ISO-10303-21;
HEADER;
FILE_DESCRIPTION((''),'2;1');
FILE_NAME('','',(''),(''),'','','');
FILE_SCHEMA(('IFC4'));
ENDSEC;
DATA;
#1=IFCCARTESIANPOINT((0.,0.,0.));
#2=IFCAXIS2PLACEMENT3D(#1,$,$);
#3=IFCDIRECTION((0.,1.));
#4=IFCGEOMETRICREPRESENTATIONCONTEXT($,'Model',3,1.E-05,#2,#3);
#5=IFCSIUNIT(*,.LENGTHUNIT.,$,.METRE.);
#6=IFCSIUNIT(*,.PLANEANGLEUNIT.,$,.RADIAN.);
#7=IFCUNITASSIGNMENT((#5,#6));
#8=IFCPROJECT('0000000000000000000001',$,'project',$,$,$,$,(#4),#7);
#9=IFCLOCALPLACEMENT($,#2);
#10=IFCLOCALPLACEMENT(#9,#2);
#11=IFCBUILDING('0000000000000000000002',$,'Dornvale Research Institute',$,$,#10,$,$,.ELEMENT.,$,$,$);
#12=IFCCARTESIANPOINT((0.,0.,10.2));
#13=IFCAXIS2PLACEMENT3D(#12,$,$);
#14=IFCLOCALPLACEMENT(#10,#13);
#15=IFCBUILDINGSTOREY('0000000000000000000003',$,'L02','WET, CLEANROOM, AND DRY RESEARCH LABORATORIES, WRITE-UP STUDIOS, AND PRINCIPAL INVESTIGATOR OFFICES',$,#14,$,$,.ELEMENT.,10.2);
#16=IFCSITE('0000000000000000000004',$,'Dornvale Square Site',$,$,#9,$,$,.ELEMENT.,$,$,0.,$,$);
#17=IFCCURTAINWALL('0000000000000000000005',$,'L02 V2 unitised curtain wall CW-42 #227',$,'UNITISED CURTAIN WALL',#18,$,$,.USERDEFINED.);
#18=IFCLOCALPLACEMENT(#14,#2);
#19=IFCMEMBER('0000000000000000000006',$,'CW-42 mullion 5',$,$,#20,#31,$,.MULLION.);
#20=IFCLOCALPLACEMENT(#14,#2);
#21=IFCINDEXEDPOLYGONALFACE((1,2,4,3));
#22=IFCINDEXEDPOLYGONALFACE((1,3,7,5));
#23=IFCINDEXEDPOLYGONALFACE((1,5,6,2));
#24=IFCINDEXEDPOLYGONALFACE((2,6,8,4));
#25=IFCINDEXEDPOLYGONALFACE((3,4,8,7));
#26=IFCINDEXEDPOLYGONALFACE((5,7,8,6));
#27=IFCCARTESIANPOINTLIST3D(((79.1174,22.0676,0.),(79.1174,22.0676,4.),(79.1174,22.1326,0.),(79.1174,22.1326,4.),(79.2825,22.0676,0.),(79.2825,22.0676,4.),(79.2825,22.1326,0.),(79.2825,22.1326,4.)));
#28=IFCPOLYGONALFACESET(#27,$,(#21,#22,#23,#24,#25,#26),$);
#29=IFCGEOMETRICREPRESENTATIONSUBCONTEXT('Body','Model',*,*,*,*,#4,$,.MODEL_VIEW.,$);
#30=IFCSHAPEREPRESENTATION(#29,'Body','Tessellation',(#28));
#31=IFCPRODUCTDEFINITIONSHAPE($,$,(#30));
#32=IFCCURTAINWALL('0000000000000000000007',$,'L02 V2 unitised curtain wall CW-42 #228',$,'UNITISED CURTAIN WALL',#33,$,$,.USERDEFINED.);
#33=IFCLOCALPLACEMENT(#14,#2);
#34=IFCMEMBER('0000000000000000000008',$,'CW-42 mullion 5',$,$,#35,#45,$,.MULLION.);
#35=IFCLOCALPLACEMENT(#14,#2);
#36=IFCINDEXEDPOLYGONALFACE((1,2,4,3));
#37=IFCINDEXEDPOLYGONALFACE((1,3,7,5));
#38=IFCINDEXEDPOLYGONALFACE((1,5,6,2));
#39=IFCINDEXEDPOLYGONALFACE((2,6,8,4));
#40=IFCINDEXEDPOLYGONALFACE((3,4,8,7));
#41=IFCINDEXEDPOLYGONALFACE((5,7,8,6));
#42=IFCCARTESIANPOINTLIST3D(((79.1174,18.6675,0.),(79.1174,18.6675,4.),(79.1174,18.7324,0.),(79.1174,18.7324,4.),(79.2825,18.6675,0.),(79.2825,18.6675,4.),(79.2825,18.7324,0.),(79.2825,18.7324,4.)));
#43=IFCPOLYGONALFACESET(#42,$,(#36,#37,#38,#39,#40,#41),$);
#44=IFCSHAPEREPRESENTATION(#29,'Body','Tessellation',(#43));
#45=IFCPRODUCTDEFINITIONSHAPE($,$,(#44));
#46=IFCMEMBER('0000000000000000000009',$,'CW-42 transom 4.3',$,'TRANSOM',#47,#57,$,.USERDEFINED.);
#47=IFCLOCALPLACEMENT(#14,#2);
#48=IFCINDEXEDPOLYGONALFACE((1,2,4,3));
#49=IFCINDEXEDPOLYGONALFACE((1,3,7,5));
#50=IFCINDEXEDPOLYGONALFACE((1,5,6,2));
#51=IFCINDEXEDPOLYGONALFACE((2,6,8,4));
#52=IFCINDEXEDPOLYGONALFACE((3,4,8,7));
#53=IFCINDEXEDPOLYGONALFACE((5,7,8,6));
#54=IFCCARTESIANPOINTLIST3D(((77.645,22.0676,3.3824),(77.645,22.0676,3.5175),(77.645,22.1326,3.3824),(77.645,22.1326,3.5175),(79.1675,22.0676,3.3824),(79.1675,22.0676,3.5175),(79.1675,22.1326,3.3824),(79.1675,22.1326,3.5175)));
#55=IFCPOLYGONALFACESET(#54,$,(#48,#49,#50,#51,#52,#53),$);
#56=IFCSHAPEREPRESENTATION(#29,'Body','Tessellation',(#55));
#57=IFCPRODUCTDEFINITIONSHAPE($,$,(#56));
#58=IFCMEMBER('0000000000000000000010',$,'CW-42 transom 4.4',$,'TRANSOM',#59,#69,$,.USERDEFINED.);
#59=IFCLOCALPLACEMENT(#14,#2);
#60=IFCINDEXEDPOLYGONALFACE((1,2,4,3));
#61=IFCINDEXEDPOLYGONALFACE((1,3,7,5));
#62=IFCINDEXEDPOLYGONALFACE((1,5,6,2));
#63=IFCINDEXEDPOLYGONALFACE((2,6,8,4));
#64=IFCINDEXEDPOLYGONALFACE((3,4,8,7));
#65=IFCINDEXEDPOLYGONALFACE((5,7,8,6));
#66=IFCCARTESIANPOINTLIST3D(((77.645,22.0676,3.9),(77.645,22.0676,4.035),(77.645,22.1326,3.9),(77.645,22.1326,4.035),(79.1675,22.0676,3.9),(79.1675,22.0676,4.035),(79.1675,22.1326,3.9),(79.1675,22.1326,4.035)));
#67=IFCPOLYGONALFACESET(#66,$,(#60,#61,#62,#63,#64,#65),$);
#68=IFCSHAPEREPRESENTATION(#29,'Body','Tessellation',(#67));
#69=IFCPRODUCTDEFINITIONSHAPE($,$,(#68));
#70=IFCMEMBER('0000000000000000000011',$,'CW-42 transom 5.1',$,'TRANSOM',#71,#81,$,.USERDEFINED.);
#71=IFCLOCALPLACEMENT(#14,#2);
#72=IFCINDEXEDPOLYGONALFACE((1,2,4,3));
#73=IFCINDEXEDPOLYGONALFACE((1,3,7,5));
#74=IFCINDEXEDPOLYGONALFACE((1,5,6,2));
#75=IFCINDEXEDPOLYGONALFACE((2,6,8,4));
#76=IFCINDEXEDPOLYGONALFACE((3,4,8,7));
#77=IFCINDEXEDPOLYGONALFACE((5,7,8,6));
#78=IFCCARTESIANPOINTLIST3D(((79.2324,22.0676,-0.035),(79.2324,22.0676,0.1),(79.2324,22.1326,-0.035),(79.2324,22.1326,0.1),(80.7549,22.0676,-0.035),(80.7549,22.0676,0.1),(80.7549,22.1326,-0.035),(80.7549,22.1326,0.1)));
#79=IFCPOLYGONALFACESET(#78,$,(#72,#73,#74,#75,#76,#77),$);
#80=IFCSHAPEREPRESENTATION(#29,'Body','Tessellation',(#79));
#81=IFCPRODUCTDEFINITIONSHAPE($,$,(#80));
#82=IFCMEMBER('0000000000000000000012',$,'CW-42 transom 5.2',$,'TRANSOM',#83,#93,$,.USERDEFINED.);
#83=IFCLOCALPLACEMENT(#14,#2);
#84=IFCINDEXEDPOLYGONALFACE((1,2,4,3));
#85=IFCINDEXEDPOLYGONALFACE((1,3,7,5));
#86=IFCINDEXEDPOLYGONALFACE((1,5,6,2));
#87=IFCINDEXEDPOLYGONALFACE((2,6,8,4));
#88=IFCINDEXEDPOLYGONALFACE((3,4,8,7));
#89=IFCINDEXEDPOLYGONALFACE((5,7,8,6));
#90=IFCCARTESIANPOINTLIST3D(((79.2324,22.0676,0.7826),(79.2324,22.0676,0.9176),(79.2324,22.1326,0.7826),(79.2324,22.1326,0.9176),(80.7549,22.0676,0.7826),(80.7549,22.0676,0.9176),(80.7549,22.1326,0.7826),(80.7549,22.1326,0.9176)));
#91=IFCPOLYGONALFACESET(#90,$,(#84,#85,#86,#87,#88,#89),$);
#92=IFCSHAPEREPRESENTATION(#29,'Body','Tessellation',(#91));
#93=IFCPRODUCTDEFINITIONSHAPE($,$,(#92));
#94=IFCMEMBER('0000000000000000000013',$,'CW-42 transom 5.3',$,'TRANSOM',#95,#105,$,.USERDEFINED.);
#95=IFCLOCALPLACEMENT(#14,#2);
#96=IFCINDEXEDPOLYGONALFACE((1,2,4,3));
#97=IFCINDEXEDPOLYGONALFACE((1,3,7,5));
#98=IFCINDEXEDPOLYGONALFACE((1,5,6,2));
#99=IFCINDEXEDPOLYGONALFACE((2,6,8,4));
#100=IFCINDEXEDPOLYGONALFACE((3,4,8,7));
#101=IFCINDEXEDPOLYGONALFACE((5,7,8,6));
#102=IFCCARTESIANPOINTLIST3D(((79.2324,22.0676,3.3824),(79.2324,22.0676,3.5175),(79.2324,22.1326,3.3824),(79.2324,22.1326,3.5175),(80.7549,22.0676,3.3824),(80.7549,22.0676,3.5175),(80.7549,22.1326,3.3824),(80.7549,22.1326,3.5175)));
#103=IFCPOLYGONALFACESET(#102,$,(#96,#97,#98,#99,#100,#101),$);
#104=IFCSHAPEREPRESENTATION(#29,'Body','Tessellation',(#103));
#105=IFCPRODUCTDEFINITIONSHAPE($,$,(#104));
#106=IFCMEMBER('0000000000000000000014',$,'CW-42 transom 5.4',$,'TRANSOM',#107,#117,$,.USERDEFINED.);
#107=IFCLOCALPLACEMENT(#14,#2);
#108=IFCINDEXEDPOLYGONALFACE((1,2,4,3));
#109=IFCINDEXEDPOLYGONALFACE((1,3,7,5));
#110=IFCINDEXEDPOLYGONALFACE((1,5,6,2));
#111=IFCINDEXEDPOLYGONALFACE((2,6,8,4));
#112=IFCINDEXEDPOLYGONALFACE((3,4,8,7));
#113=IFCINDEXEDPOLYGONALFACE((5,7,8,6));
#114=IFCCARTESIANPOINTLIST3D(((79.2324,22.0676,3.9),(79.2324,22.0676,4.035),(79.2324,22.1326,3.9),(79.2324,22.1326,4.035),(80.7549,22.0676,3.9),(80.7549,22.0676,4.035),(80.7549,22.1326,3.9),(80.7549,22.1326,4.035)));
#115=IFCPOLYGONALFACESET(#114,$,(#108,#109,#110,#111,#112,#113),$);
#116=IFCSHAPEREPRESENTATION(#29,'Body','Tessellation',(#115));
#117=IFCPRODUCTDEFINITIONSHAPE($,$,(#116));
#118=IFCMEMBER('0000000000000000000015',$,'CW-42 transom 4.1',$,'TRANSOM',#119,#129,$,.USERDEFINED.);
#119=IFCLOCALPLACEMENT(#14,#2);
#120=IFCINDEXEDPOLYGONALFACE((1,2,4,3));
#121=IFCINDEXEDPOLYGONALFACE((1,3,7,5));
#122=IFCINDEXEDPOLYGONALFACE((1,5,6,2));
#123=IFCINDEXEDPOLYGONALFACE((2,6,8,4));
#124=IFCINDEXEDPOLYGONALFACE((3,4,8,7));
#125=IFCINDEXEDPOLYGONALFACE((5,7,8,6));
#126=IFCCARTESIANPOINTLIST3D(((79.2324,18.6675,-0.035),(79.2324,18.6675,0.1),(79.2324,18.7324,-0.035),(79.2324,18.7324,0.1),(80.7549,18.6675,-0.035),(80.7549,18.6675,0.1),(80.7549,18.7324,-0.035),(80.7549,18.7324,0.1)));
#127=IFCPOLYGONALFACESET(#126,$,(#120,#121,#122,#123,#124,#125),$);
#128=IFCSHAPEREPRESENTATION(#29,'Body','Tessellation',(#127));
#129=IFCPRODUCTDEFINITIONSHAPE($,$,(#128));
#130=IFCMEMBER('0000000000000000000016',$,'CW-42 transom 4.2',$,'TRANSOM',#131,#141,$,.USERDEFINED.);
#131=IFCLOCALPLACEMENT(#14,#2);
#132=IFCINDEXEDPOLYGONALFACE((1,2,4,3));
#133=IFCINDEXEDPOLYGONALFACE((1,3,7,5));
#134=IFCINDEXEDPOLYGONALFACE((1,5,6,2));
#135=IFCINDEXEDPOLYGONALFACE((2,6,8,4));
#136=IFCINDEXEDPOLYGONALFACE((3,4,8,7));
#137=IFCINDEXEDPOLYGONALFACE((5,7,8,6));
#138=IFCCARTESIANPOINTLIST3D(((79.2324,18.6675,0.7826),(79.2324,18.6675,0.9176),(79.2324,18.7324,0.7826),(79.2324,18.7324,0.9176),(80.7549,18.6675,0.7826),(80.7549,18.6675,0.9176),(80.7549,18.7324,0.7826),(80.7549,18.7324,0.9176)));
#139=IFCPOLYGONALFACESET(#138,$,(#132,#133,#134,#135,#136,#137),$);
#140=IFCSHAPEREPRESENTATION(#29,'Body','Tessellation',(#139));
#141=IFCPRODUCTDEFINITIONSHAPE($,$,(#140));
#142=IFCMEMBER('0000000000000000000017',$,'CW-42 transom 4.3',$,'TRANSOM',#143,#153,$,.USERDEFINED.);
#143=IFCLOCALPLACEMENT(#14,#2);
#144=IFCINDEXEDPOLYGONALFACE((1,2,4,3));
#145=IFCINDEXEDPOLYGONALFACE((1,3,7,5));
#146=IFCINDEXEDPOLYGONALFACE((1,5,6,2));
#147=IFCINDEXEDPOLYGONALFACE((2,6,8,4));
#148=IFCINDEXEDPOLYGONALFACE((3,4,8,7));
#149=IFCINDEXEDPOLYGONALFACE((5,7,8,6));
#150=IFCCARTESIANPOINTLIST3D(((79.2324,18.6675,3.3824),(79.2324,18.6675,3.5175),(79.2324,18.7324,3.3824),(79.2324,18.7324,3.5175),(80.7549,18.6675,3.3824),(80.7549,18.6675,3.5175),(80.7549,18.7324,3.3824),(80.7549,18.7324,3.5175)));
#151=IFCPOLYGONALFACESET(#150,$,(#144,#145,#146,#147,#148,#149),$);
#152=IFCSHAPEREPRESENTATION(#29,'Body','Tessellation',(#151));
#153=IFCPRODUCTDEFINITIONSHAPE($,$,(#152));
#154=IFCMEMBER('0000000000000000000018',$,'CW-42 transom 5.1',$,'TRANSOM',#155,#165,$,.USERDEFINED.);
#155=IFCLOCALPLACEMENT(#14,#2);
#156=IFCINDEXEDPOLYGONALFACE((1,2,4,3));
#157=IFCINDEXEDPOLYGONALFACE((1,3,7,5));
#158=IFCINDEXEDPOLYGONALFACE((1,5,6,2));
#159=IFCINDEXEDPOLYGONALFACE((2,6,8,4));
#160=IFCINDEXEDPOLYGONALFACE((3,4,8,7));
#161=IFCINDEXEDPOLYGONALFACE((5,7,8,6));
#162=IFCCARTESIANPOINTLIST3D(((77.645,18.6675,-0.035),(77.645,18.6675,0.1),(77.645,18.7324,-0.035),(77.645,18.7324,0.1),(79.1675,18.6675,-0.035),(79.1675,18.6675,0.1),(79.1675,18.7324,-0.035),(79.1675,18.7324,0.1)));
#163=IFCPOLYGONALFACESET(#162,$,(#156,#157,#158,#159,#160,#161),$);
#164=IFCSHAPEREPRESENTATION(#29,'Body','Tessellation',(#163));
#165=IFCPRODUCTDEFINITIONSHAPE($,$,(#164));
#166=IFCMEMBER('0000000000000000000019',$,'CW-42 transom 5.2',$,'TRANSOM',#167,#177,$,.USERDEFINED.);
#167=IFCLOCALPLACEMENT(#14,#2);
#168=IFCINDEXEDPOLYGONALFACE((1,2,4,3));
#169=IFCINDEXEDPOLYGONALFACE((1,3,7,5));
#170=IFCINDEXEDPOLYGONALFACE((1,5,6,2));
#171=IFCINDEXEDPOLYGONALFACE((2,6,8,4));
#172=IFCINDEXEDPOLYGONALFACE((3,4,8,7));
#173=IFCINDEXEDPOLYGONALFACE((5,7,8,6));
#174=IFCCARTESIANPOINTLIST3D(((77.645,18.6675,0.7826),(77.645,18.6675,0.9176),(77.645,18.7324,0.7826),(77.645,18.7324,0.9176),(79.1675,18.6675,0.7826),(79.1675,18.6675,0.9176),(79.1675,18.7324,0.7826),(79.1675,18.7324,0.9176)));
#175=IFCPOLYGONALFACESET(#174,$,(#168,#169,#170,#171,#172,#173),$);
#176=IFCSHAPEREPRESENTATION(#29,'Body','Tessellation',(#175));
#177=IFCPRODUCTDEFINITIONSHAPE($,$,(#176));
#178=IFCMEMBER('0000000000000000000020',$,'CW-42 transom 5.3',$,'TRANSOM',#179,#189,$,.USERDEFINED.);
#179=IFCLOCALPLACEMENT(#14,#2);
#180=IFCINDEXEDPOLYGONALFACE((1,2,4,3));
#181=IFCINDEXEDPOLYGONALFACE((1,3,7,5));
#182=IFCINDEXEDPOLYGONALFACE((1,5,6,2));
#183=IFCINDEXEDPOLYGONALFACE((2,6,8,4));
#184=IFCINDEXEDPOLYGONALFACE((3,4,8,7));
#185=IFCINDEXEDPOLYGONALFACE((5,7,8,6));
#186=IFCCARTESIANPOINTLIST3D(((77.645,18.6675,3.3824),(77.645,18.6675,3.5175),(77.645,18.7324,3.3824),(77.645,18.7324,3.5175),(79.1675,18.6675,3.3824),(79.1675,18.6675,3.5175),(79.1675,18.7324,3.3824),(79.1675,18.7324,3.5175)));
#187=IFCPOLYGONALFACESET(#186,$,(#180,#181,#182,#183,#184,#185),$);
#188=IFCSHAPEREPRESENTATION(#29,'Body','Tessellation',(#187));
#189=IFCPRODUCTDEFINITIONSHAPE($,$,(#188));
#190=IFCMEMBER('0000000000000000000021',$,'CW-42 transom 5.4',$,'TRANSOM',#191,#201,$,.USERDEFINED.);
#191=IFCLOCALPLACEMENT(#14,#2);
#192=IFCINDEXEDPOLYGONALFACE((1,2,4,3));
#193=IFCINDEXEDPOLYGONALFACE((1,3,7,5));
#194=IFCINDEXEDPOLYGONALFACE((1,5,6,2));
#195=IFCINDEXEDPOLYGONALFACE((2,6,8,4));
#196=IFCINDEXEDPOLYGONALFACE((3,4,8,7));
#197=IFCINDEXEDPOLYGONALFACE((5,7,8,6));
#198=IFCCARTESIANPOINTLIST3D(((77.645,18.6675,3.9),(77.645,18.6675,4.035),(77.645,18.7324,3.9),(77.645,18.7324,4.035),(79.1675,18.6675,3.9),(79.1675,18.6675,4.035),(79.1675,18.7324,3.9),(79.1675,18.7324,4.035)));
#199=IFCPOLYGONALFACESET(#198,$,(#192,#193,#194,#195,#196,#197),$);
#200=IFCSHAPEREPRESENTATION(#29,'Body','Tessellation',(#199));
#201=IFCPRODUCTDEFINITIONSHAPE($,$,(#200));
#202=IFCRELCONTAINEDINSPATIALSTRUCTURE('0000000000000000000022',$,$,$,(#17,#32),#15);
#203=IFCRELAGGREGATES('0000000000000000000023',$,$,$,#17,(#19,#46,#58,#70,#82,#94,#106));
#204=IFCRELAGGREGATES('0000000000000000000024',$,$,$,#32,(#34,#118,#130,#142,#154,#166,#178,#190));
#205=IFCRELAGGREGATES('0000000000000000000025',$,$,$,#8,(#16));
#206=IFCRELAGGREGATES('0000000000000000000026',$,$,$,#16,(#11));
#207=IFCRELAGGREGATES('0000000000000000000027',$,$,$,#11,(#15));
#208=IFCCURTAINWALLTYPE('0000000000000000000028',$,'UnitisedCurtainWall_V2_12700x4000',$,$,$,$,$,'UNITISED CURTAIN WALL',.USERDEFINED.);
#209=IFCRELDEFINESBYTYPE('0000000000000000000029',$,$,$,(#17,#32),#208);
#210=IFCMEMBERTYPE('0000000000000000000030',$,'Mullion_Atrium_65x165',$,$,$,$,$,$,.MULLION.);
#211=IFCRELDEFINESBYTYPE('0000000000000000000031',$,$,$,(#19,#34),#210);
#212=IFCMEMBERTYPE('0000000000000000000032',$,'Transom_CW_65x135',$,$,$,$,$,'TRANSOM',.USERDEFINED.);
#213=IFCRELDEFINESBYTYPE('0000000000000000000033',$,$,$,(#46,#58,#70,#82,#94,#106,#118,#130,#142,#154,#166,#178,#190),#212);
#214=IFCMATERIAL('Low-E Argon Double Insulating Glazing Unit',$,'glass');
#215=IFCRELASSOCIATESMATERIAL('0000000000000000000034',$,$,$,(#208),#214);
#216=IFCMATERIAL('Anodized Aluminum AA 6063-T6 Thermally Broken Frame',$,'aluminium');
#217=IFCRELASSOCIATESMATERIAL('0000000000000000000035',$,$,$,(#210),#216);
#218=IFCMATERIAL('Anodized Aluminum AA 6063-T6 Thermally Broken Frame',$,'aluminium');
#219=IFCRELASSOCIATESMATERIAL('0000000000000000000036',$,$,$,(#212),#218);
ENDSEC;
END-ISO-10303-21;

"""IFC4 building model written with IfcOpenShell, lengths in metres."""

from ifc_helpers import new_model, si_unit, direction, frame, origin, origin_2d, place, context, subcontext, project, spatial, rectangle, extrude, material, material_profile, profile_set, type_object, element, aggregate, save


model = new_model("IFC4")

# Units and contexts
model_context = context("Model", 3, precision=1e-05, world=origin(), true_north=direction((0.0, 1.0)))
body_context = subcontext(model_context, "Body", "Model", "MODEL_VIEW")
ifc_project = project(units=[si_unit("LENGTHUNIT", "METRE"), si_unit("PLANEANGLEUNIT", "RADIAN")], contexts=[model_context])

# Site, building, storey
site_placement = place(None, origin())
site = spatial("IfcSite", under=ifc_project, at=site_placement, Name="Dornvale Square Site", CompositionType="ELEMENT", RefElevation=0.0)
building_placement = place(site_placement, origin())
building = spatial("IfcBuilding", under=site, at=building_placement, Name="Dornvale Research Institute", CompositionType="ELEMENT")
storey_placement = place(building_placement, frame((0.0, 0.0, 10.2)))
storey = spatial("IfcBuildingStorey", under=building, at=storey_placement, Name="L02", Description="WET, CLEANROOM, AND DRY RESEARCH LABORATORIES, WRITE-UP STUDIOS, AND PRINCIPAL INVESTIGATOR OFFICES", CompositionType="ELEMENT", Elevation=10.2)

# Curtain walls, members
ifc_material_1 = material(Name="Low-E Argon Double Insulating Glazing Unit", Category="glass")
curtain_wall_type = type_object("IfcCurtainWallType", Name="UnitisedCurtainWall_V2_12700x4000", ElementType="UNITISED CURTAIN WALL", PredefinedType="USERDEFINED", material=ifc_material_1)
curtain_wall_1_placement = place(storey_placement, origin())
curtain_wall_1 = element("IfcCurtainWall", 1, at=curtain_wall_1_placement, inside=storey, type_object=curtain_wall_type, Name="L02 V2 unitised curtain wall CW-42 #227", ObjectType="UNITISED CURTAIN WALL", PredefinedType="USERDEFINED")
ifc_material_2 = material(Name="Anodized Aluminum AA 6063-T6 Thermally Broken Frame", Category="aluminium")
ifc_material_profile_1 = material_profile(ifc_material_2, rectangle(XDim=0.0649, YDim=0.165, at=origin_2d()), Name="ALU MULLION 65x165")
ifc_profile_set_1 = profile_set([ifc_material_profile_1], Name="Anodized Aluminum AA 6063-T6 Thermally Broken Frame")
member_type_1 = type_object("IfcMemberType", Name="Mullion_Atrium_65x165", PredefinedType="MULLION", material=ifc_profile_set_1)
member_1_placement = place(storey_placement, frame((79.2, 22.1001, 0.0), z_axis=(0.0, 0.0, 1.0), x_axis=(0.0, 1.0, 0.0)))
member_1 = element("IfcMember", 2, at=member_1_placement, type_object=member_type_1, Name="CW-42 mullion 5", PredefinedType="MULLION", context=body_context, shape_type="SweptSolid", body=[
    extrude(rectangle(XDim=0.0649, YDim=0.165, at=origin_2d()), origin(), (0.0, 0.0, 1.0), 4.0),
])
curtain_wall_2_placement = place(storey_placement, origin())
curtain_wall_2 = element("IfcCurtainWall", 3, at=curtain_wall_2_placement, inside=storey, type_object=curtain_wall_type, Name="L02 V2 unitised curtain wall CW-42 #228", ObjectType="UNITISED CURTAIN WALL", PredefinedType="USERDEFINED")
member_2_placement = place(storey_placement, frame((79.2, 18.7, 0.0), z_axis=(0.0, 0.0, 1.0), x_axis=(0.0, -1.0, 0.0)))
member_2 = element("IfcMember", 4, at=member_2_placement, type_object=member_type_1, Name="CW-42 mullion 5", PredefinedType="MULLION", context=body_context, shape_type="SweptSolid", body=[
    extrude(rectangle(XDim=0.0649, YDim=0.165, at=origin_2d()), origin(), (0.0, 0.0, 1.0), 4.0),
])

# Members
ifc_material_3 = material(Name="Anodized Aluminum AA 6063-T6 Thermally Broken Frame", Category="aluminium")
ifc_material_profile_2 = material_profile(ifc_material_3, rectangle(XDim=0.0649, YDim=0.135, at=origin_2d()), Name="ALU TRANSOM 65x135")
ifc_profile_set_2 = profile_set([ifc_material_profile_2], Name="Anodized Aluminum AA 6063-T6 Thermally Broken Frame")
member_type_2 = type_object("IfcMemberType", Name="Transom_CW_65x135", ElementType="TRANSOM", PredefinedType="USERDEFINED", material=ifc_profile_set_2)
member_3_placement = place(storey_placement, frame((77.645, 22.1001, 3.45), z_axis=(1.0, 0.0, 0.0), x_axis=(0.0, 1.0, 0.0)))
member_3 = element("IfcMember", 5, at=member_3_placement, type_object=member_type_2, Name="CW-42 transom 4.3", ObjectType="TRANSOM", PredefinedType="USERDEFINED", context=body_context, shape_type="SweptSolid", body=[
    extrude(rectangle(XDim=0.0649, YDim=0.135, at=origin_2d()), origin(), (0.0, 0.0, 1.0), 1.5225),
])
member_4_placement = place(storey_placement, frame((77.645, 22.1001, 3.9675), z_axis=(1.0, 0.0, 0.0), x_axis=(0.0, 1.0, 0.0)))
member_4 = element("IfcMember", 6, at=member_4_placement, type_object=member_type_2, Name="CW-42 transom 4.4", ObjectType="TRANSOM", PredefinedType="USERDEFINED", context=body_context, shape_type="SweptSolid", body=[
    extrude(rectangle(XDim=0.0649, YDim=0.135, at=origin_2d()), origin(), (0.0, 0.0, 1.0), 1.5225),
])
member_5_placement = place(storey_placement, frame((79.2324, 22.1001, 0.0325), z_axis=(1.0, 0.0, 0.0), x_axis=(0.0, 1.0, 0.0)))
member_5 = element("IfcMember", 7, at=member_5_placement, type_object=member_type_2, Name="CW-42 transom 5.1", ObjectType="TRANSOM", PredefinedType="USERDEFINED", context=body_context, shape_type="SweptSolid", body=[
    extrude(rectangle(XDim=0.0649, YDim=0.135, at=origin_2d()), origin(), (0.0, 0.0, 1.0), 1.5225),
])
member_6_placement = place(storey_placement, frame((79.2324, 22.1001, 0.8501), z_axis=(1.0, 0.0, 0.0), x_axis=(0.0, 1.0, 0.0)))
member_6 = element("IfcMember", 8, at=member_6_placement, type_object=member_type_2, Name="CW-42 transom 5.2", ObjectType="TRANSOM", PredefinedType="USERDEFINED", context=body_context, shape_type="SweptSolid", body=[
    extrude(rectangle(XDim=0.0649, YDim=0.135, at=origin_2d()), origin(), (0.0, 0.0, 1.0), 1.5225),
])
member_7_placement = place(storey_placement, frame((79.2324, 22.1001, 3.45), z_axis=(1.0, 0.0, 0.0), x_axis=(0.0, 1.0, 0.0)))
member_7 = element("IfcMember", 9, at=member_7_placement, type_object=member_type_2, Name="CW-42 transom 5.3", ObjectType="TRANSOM", PredefinedType="USERDEFINED", context=body_context, shape_type="SweptSolid", body=[
    extrude(rectangle(XDim=0.0649, YDim=0.135, at=origin_2d()), origin(), (0.0, 0.0, 1.0), 1.5225),
])
member_8_placement = place(storey_placement, frame((79.2324, 22.1001, 3.9675), z_axis=(1.0, 0.0, 0.0), x_axis=(0.0, 1.0, 0.0)))
member_8 = element("IfcMember", 10, at=member_8_placement, type_object=member_type_2, Name="CW-42 transom 5.4", ObjectType="TRANSOM", PredefinedType="USERDEFINED", context=body_context, shape_type="SweptSolid", body=[
    extrude(rectangle(XDim=0.0649, YDim=0.135, at=origin_2d()), origin(), (0.0, 0.0, 1.0), 1.5225),
])
member_9_placement = place(storey_placement, frame((80.7549, 18.7, 0.0325), z_axis=(-1.0, 0.0, 0.0), x_axis=(0.0, -1.0, 0.0)))
member_9 = element("IfcMember", 11, at=member_9_placement, type_object=member_type_2, Name="CW-42 transom 4.1", ObjectType="TRANSOM", PredefinedType="USERDEFINED", context=body_context, shape_type="SweptSolid", body=[
    extrude(rectangle(XDim=0.0649, YDim=0.135, at=origin_2d()), origin(), (0.0, 0.0, 1.0), 1.5225),
])
member_10_placement = place(storey_placement, frame((80.7549, 18.7, 0.8501), z_axis=(-1.0, 0.0, 0.0), x_axis=(0.0, -1.0, 0.0)))
member_10 = element("IfcMember", 12, at=member_10_placement, type_object=member_type_2, Name="CW-42 transom 4.2", ObjectType="TRANSOM", PredefinedType="USERDEFINED", context=body_context, shape_type="SweptSolid", body=[
    extrude(rectangle(XDim=0.0649, YDim=0.135, at=origin_2d()), origin(), (0.0, 0.0, 1.0), 1.5225),
])
member_11_placement = place(storey_placement, frame((80.7549, 18.7, 3.45), z_axis=(-1.0, 0.0, 0.0), x_axis=(0.0, -1.0, 0.0)))
member_11 = element("IfcMember", 13, at=member_11_placement, type_object=member_type_2, Name="CW-42 transom 4.3", ObjectType="TRANSOM", PredefinedType="USERDEFINED", context=body_context, shape_type="SweptSolid", body=[
    extrude(rectangle(XDim=0.0649, YDim=0.135, at=origin_2d()), origin(), (0.0, 0.0, 1.0), 1.5225),
])
member_12_placement = place(storey_placement, frame((79.1675, 18.7, 0.0325), z_axis=(-1.0, 0.0, 0.0), x_axis=(0.0, -1.0, 0.0)))
member_12 = element("IfcMember", 14, at=member_12_placement, type_object=member_type_2, Name="CW-42 transom 5.1", ObjectType="TRANSOM", PredefinedType="USERDEFINED", context=body_context, shape_type="SweptSolid", body=[
    extrude(rectangle(XDim=0.0649, YDim=0.135, at=origin_2d()), origin(), (0.0, 0.0, 1.0), 1.5225),
])
member_13_placement = place(storey_placement, frame((79.1675, 18.7, 0.8501), z_axis=(-1.0, 0.0, 0.0), x_axis=(0.0, -1.0, 0.0)))
member_13 = element("IfcMember", 15, at=member_13_placement, type_object=member_type_2, Name="CW-42 transom 5.2", ObjectType="TRANSOM", PredefinedType="USERDEFINED", context=body_context, shape_type="SweptSolid", body=[
    extrude(rectangle(XDim=0.0649, YDim=0.135, at=origin_2d()), origin(), (0.0, 0.0, 1.0), 1.5225),
])
member_14_placement = place(storey_placement, frame((79.1675, 18.7, 3.45), z_axis=(-1.0, 0.0, 0.0), x_axis=(0.0, -1.0, 0.0)))
member_14 = element("IfcMember", 16, at=member_14_placement, type_object=member_type_2, Name="CW-42 transom 5.3", ObjectType="TRANSOM", PredefinedType="USERDEFINED", context=body_context, shape_type="SweptSolid", body=[
    extrude(rectangle(XDim=0.0649, YDim=0.135, at=origin_2d()), origin(), (0.0, 0.0, 1.0), 1.5225),
])
member_15_placement = place(storey_placement, frame((79.1675, 18.7, 3.9675), z_axis=(-1.0, 0.0, 0.0), x_axis=(0.0, -1.0, 0.0)))
member_15 = element("IfcMember", 17, at=member_15_placement, type_object=member_type_2, Name="CW-42 transom 5.4", ObjectType="TRANSOM", PredefinedType="USERDEFINED", context=body_context, shape_type="SweptSolid", body=[
    extrude(rectangle(XDim=0.0649, YDim=0.135, at=origin_2d()), origin(), (0.0, 0.0, 1.0), 1.5225),
])

aggregate(curtain_wall_1, [member_1, member_3, member_4, member_5, member_6, member_7, member_8])
aggregate(curtain_wall_2, [member_2, member_9, member_10, member_11, member_12, member_13, member_14, member_15])

save(model, "model.ifc")
